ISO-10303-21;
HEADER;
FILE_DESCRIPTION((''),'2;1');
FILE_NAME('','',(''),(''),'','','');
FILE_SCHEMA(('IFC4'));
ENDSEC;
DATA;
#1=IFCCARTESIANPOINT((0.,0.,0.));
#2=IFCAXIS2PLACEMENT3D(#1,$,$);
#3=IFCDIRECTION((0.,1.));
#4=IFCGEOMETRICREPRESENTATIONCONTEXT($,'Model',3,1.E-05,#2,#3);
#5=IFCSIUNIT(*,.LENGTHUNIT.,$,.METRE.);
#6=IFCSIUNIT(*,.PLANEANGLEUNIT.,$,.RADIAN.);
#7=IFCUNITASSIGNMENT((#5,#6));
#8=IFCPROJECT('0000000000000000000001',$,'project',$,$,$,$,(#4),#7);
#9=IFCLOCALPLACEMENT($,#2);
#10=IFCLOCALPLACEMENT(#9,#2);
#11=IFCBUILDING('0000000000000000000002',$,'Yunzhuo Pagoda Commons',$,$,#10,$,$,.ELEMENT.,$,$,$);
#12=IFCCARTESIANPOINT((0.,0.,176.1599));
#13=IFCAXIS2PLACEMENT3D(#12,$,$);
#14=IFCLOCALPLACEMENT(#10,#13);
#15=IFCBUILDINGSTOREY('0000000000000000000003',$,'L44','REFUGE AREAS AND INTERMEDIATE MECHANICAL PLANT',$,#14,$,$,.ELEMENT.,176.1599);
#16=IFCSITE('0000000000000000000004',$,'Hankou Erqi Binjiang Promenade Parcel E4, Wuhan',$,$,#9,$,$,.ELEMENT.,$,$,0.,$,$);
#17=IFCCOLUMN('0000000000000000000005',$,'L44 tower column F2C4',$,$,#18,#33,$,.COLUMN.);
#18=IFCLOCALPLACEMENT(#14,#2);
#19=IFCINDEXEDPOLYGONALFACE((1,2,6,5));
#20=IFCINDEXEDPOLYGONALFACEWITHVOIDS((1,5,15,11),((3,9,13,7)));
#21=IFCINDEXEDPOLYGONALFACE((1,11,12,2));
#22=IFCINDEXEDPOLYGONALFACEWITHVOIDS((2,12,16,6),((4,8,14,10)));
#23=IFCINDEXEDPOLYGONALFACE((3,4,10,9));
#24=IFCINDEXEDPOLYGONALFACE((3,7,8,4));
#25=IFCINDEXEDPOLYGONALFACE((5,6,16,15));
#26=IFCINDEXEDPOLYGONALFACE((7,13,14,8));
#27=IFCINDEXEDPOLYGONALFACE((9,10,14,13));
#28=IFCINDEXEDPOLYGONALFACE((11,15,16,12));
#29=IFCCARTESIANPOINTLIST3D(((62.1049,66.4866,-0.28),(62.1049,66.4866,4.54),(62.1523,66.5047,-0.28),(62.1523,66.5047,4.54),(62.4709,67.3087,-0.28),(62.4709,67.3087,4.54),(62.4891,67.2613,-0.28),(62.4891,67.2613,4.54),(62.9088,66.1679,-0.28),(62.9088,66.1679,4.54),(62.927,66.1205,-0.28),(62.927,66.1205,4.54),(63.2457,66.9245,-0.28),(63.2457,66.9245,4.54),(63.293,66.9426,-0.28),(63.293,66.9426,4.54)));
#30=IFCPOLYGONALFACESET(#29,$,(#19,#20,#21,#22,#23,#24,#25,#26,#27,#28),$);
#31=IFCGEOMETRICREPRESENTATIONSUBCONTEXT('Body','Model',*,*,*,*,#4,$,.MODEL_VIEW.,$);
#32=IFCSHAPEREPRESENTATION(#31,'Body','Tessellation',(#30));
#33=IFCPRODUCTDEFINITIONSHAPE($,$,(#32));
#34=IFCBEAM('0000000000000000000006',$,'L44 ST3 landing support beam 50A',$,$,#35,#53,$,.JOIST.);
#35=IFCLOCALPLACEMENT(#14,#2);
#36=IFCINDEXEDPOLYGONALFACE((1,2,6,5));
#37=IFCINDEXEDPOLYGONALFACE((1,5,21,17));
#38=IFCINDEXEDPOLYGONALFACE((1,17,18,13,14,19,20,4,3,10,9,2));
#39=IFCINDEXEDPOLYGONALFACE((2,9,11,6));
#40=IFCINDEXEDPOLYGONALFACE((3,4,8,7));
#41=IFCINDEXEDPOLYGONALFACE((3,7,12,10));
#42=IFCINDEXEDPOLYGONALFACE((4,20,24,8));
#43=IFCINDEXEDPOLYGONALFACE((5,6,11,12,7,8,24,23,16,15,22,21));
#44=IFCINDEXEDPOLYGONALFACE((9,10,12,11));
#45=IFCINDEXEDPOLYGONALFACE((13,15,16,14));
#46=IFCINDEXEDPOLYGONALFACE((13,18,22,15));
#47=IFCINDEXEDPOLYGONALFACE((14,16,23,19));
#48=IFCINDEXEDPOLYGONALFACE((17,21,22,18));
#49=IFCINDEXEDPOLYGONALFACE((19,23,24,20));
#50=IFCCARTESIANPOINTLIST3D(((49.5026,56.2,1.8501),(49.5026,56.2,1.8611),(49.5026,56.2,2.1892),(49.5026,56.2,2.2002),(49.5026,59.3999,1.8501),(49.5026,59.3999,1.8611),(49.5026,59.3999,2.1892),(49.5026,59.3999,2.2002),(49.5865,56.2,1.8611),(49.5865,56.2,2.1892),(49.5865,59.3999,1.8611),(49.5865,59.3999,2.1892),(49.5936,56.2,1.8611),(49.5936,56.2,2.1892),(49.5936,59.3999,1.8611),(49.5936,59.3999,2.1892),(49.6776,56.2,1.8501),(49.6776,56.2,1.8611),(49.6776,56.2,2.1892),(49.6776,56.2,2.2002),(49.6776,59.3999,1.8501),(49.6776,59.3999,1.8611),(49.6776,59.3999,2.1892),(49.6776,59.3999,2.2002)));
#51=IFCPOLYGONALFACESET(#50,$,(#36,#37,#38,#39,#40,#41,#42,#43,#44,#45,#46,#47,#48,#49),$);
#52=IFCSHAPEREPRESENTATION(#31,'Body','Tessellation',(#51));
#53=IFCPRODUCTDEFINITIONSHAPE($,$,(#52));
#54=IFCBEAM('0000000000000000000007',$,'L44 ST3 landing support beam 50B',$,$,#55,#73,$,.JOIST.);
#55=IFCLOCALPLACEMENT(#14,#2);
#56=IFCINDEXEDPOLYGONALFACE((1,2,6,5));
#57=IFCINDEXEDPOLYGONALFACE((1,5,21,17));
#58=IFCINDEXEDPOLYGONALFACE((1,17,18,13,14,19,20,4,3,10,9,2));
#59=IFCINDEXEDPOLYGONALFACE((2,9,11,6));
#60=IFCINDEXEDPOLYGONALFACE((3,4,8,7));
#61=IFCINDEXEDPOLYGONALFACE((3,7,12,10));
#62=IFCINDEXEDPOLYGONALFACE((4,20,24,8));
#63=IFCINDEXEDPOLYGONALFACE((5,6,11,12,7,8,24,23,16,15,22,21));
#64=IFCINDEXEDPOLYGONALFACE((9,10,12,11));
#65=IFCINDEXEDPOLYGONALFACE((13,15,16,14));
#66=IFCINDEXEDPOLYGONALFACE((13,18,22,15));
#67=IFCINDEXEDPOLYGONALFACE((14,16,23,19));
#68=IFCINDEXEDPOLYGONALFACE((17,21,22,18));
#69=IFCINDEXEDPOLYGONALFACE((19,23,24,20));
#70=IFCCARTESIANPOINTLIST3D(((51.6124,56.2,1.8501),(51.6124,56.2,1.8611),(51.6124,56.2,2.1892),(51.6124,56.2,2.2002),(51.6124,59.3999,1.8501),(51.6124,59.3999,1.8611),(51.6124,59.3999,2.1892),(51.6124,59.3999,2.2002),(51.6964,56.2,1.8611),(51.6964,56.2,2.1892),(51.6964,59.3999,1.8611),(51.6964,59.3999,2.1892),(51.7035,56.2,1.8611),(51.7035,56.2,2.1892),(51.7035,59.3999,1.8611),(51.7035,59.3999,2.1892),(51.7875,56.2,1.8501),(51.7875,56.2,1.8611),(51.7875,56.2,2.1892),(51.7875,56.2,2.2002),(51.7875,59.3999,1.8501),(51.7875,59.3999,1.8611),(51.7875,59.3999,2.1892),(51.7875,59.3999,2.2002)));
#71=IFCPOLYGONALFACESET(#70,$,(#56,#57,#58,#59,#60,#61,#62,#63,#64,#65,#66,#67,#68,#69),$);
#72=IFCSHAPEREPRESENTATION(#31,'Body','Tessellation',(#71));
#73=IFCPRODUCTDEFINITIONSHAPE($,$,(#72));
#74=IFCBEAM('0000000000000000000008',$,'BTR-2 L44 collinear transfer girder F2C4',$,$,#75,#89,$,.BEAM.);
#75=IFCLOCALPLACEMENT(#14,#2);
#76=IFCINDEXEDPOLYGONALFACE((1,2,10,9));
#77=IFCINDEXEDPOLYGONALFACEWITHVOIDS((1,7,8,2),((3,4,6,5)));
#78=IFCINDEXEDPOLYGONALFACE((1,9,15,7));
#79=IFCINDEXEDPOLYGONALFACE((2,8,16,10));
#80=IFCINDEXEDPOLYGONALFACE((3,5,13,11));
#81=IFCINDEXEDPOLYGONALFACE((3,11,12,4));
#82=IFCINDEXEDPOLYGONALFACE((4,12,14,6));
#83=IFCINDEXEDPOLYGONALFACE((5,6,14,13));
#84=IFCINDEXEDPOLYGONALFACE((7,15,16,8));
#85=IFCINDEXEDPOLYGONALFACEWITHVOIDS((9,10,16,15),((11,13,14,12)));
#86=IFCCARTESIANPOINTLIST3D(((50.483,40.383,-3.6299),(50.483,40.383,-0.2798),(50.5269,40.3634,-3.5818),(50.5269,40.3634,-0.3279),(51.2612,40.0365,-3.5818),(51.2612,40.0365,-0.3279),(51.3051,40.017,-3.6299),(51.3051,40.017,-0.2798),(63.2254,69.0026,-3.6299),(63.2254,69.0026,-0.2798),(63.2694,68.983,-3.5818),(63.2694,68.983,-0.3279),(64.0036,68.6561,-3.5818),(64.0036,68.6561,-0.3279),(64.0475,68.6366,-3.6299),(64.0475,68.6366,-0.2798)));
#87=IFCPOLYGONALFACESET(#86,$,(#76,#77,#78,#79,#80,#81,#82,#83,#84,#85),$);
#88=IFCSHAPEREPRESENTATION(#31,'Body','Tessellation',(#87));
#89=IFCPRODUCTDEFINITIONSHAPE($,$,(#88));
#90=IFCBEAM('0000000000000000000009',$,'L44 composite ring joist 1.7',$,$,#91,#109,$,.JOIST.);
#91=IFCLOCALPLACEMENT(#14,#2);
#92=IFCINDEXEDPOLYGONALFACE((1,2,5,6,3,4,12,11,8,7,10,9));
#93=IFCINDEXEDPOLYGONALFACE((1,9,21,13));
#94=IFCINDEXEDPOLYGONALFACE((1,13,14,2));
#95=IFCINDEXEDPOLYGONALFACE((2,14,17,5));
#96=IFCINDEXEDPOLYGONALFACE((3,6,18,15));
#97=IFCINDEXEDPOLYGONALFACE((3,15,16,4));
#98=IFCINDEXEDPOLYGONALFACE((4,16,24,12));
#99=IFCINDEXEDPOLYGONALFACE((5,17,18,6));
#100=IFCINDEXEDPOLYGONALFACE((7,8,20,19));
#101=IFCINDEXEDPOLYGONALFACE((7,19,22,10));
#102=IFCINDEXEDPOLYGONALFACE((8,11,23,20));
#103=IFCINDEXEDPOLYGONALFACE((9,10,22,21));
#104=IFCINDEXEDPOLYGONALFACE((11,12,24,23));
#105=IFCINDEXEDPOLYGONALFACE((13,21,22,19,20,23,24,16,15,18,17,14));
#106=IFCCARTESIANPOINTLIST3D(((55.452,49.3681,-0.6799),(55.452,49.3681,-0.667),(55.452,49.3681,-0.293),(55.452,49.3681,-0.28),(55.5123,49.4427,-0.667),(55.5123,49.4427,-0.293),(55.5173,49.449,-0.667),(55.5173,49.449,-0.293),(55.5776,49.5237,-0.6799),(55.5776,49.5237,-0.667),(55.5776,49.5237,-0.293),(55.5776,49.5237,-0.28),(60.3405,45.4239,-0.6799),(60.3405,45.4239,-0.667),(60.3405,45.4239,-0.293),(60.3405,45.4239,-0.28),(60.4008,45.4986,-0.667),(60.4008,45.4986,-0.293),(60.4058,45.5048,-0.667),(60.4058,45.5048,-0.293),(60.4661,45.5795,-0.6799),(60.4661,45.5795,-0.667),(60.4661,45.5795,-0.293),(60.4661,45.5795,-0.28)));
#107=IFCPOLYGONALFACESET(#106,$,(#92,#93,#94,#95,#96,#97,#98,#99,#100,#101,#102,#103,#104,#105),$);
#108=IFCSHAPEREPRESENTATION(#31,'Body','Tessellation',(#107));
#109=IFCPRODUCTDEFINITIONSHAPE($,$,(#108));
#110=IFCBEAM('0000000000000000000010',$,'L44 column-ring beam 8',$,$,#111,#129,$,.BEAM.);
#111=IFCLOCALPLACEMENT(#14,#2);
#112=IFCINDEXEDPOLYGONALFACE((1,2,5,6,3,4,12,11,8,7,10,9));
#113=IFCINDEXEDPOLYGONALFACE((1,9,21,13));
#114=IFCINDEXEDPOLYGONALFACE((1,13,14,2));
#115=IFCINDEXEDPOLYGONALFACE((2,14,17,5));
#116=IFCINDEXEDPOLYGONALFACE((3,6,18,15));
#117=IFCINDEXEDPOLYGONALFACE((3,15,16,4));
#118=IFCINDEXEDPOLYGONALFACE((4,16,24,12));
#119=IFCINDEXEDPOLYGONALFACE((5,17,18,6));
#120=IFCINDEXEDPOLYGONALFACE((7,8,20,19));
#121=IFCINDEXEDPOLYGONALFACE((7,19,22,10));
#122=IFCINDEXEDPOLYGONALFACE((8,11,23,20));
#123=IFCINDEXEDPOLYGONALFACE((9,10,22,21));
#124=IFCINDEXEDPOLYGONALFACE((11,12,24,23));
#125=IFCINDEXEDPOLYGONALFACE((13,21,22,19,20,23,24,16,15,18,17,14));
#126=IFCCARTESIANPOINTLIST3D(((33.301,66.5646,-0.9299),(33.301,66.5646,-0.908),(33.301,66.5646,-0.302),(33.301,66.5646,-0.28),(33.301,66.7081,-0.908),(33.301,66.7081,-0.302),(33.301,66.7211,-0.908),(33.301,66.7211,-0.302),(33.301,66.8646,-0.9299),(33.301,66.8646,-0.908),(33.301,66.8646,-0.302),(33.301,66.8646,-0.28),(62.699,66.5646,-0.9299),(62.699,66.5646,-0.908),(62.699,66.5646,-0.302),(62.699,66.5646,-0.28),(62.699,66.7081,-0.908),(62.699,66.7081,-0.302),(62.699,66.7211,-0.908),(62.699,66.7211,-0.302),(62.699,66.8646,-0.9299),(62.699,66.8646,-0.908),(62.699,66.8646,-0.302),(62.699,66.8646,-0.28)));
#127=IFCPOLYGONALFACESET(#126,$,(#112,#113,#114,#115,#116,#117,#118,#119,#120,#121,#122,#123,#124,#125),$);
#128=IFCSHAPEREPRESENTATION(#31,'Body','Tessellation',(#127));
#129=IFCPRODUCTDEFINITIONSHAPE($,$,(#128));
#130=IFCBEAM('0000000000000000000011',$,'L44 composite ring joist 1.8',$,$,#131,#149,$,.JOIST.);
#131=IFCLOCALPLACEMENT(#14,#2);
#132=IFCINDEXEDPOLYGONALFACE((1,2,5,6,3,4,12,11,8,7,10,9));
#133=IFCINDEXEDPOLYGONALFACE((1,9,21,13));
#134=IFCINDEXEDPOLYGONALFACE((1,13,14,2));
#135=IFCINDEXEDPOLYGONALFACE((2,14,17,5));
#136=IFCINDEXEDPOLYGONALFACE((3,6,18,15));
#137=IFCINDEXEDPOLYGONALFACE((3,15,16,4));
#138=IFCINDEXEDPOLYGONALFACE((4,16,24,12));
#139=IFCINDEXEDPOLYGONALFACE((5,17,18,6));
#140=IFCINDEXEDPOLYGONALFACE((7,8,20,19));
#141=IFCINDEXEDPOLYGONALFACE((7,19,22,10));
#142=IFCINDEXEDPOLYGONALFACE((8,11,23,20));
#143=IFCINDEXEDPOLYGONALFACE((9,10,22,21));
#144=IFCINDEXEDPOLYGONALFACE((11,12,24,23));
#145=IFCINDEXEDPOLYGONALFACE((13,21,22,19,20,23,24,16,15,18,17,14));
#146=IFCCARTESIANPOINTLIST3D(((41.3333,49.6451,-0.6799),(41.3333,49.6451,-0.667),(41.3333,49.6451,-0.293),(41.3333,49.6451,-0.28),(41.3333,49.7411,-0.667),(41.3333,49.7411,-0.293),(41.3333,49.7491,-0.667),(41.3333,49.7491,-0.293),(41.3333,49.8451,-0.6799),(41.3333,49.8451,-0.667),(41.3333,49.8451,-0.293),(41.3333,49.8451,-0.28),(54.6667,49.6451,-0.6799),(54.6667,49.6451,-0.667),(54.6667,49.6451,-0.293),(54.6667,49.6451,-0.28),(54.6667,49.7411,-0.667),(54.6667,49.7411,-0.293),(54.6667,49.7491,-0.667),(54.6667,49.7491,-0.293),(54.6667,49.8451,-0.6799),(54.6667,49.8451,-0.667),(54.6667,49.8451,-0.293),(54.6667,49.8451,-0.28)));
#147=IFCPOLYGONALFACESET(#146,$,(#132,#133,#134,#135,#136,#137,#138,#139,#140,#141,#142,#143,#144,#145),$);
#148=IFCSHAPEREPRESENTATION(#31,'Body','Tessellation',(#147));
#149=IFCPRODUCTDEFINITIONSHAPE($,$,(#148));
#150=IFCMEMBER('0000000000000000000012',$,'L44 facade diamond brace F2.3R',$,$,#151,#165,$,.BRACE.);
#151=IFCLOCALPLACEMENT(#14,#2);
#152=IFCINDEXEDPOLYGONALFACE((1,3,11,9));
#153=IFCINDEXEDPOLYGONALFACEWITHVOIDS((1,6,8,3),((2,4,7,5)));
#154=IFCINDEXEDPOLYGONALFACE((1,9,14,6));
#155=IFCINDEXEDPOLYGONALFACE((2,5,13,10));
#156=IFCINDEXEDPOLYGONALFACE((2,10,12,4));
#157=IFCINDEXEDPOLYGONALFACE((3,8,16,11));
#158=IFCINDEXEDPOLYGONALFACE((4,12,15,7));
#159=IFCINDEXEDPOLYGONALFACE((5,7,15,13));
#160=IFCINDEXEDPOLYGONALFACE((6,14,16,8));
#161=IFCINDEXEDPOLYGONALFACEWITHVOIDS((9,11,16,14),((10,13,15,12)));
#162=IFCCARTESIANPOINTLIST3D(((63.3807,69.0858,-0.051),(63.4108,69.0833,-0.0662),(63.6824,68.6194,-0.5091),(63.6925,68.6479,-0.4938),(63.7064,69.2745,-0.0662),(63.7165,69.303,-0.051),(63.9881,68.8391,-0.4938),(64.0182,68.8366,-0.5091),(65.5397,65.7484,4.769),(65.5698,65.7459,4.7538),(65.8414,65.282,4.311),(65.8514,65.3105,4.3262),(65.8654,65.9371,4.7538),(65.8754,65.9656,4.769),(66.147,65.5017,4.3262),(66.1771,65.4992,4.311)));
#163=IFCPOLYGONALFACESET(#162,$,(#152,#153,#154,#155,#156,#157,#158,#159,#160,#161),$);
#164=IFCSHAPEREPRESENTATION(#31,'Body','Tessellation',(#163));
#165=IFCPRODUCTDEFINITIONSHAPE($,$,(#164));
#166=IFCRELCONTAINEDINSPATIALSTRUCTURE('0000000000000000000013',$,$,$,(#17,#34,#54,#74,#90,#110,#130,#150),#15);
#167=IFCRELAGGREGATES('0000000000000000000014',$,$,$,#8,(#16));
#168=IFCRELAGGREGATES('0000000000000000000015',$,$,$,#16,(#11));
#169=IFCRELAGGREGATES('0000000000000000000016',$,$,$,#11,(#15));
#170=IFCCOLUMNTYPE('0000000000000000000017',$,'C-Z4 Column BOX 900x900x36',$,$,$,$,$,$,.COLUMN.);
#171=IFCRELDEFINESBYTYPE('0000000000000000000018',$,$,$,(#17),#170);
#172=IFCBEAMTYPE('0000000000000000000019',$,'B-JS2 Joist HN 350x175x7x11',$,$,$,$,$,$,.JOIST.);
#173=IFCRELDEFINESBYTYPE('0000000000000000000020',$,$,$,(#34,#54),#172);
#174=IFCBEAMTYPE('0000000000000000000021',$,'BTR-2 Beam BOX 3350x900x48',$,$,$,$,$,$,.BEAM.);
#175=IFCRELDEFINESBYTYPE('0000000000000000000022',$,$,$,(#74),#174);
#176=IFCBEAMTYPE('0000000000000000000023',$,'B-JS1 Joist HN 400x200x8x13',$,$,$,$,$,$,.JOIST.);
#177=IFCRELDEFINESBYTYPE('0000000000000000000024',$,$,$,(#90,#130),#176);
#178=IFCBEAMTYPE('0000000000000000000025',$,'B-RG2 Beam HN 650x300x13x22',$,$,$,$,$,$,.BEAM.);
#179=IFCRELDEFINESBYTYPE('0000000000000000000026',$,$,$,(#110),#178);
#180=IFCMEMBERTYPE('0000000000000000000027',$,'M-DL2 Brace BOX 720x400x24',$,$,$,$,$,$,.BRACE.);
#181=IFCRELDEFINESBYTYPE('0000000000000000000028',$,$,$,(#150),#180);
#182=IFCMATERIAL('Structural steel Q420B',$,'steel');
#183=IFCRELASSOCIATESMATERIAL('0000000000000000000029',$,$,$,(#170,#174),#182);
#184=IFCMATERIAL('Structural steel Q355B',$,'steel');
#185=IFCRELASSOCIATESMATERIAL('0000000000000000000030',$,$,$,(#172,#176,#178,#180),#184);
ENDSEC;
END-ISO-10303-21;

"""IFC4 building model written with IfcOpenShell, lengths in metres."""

from ifc_helpers import new_model, si_unit, direction, frame, origin, origin_2d, place, context, subcontext, project, spatial, hollow_rectangle, i_section, extrude, source, transform, mapped, material, material_profile, profile_set, type_object, element, save


model = new_model("IFC4")

# Units and contexts
model_context = context("Model", 3, precision=1e-05, world=origin(), true_north=direction((0.0, 1.0)))
body_context = subcontext(model_context, "Body", "Model", "MODEL_VIEW")
ifc_project = project(units=[si_unit("LENGTHUNIT", "METRE"), si_unit("PLANEANGLEUNIT", "RADIAN")], contexts=[model_context])

# Site, building, storey
site_placement = place(None, origin())
site = spatial("IfcSite", under=ifc_project, at=site_placement, Name="Hankou Erqi Binjiang Promenade Parcel E4, Wuhan", CompositionType="ELEMENT", RefElevation=0.0)
building_placement = place(site_placement, origin())
building = spatial("IfcBuilding", under=site, at=building_placement, Name="Yunzhuo Pagoda Commons", CompositionType="ELEMENT")
storey_placement = place(building_placement, frame((0.0, 0.0, 176.1599)))
storey = spatial("IfcBuildingStorey", under=building, at=storey_placement, Name="L44", Description="REFUGE AREAS AND INTERMEDIATE MECHANICAL PLANT", CompositionType="ELEMENT", Elevation=176.1599)

# Column
ifc_material_1 = material(Name="Structural steel Q420B", Category="steel")
ifc_material_profile_1 = material_profile(ifc_material_1, hollow_rectangle(XDim=0.8999, YDim=0.8999, WallThickness=0.0359, at=origin_2d()), Name="Structural steel Q420B")
ifc_profile_set_1 = profile_set([ifc_material_profile_1], Name="Structural steel Q420B")
column_type = type_object("IfcColumnType", Name="C-Z4 Column BOX 900x900x36", PredefinedType="COLUMN", material=ifc_profile_set_1)
shared_shape_1 = source(origin(), body_context, "Body", "SweptSolid", [
    extrude(hollow_rectangle(XDim=0.8999, YDim=0.8999, WallThickness=0.0359, at=origin_2d()), origin(), (0.0, 0.0, 1.0), 4.8201),
])
column_placement = place(storey_placement, frame((62.699, 66.7146, -0.28), z_axis=(0.0, 0.0, 1.0), x_axis=(-0.913545, 0.406737, 0.0)))
element("IfcColumn", 1, at=column_placement, inside=storey, type_object=column_type, Name="L44 tower column F2C4", PredefinedType="COLUMN", context=body_context, shape_type="MappedRepresentation", body=[
    mapped(shared_shape_1, transform((0.0, 0.0, 0.0), scale=1.0)),
])

# Beams
ifc_material_2 = material(Name="Structural steel Q355B", Category="steel")
ifc_material_profile_2 = material_profile(ifc_material_2, i_section(OverallWidth=0.175, OverallDepth=0.3501, WebThickness=0.0071, FlangeThickness=0.011, at=origin_2d()), Name="Structural steel Q355B")
ifc_profile_set_2 = profile_set([ifc_material_profile_2], Name="Structural steel Q355B")
beam_type_1 = type_object("IfcBeamType", Name="B-JS2 Joist HN 350x175x7x11", PredefinedType="JOIST", material=ifc_profile_set_2)
shared_shape_2 = source(origin(), body_context, "Body", "SweptSolid", [
    extrude(i_section(OverallWidth=0.175, OverallDepth=0.3501, WebThickness=0.0071, FlangeThickness=0.011, at=origin_2d()), origin(), (0.0, 0.0, 1.0), 3.2),
])
for number, where, z_axis, x_axis, name in (
    (2, (49.5901, 56.2, 2.0251), (0.0, 1.0, 0.0), (-1.0, 0.0, 0.0), "L44 ST3 landing support beam 50A"),
    (3, (51.7, 56.2, 2.0251), (0.0, 1.0, 0.0), (-1.0, 0.0, 0.0), "L44 ST3 landing support beam 50B"),
):
    element("IfcBeam", number, at=place(storey_placement, frame(where, z_axis=z_axis, x_axis=x_axis)), inside=storey, type_object=beam_type_1, Name=name, PredefinedType="JOIST", context=body_context, shape_type="MappedRepresentation", body=[
        mapped(shared_shape_2, transform((0.0, 0.0, 0.0), scale=1.0)),
    ])
ifc_material_profile_3 = material_profile(ifc_material_1, hollow_rectangle(XDim=0.8999, YDim=3.3501, WallThickness=0.0481, at=origin_2d()), Name="Structural steel Q420B")
ifc_profile_set_3 = profile_set([ifc_material_profile_3], Name="Structural steel Q420B")
beam_type_2 = type_object("IfcBeamType", Name="BTR-2 Beam BOX 3350x900x48", PredefinedType="BEAM", material=ifc_profile_set_3)
shared_shape_3 = source(origin(), body_context, "Body", "SweptSolid", [
    extrude(hollow_rectangle(XDim=0.8999, YDim=3.3501, WallThickness=0.0481, at=origin_2d()), origin(), (0.0, 0.0, 1.0), 31.3281),
])
beam_1_placement = place(storey_placement, frame((63.6365, 68.8196, -1.9548), z_axis=(-0.406741, -0.913544, 0.0), x_axis=(0.913544, -0.406741, 0.0)))
element("IfcBeam", 4, at=beam_1_placement, inside=storey, type_object=beam_type_2, Name="BTR-2 L44 collinear transfer girder F2C4", PredefinedType="BEAM", context=body_context, shape_type="MappedRepresentation", body=[
    mapped(shared_shape_3, transform((0.0, 0.0, 0.0), scale=1.0)),
])
ifc_material_profile_4 = material_profile(ifc_material_2, i_section(OverallWidth=0.2, OverallDepth=0.3999, WebThickness=0.0081, FlangeThickness=0.0129, at=origin_2d()), Name="Structural steel Q355B")
ifc_profile_set_4 = profile_set([ifc_material_profile_4], Name="Structural steel Q355B")
beam_type_3 = type_object("IfcBeamType", Name="B-JS1 Joist HN 400x200x8x13", PredefinedType="JOIST", material=ifc_profile_set_4)
shared_shape_4 = source(origin(), body_context, "Body", "SweptSolid", [
    extrude(i_section(OverallWidth=0.2, OverallDepth=0.3999, WebThickness=0.0081, FlangeThickness=0.0129, at=origin_2d()), origin(), (0.0, 0.0, 1.0), 6.2812),
])
beam_2_placement = place(storey_placement, frame((60.4033, 45.5017, -0.48), z_axis=(-0.778272, 0.627927, 0.0), x_axis=(-0.627927, -0.778272, 0.0)))
element("IfcBeam", 5, at=beam_2_placement, inside=storey, type_object=beam_type_3, Name="L44 composite ring joist 1.7", PredefinedType="JOIST", context=body_context, shape_type="MappedRepresentation", body=[
    mapped(shared_shape_4, transform((0.0, 0.0, 0.0), scale=1.0)),
])
ifc_material_profile_5 = material_profile(ifc_material_2, i_section(OverallWidth=0.3, OverallDepth=0.6499, WebThickness=0.0129, FlangeThickness=0.022, at=origin_2d()), Name="Structural steel Q355B")
ifc_profile_set_5 = profile_set([ifc_material_profile_5], Name="Structural steel Q355B")
beam_type_4 = type_object("IfcBeamType", Name="B-RG2 Beam HN 650x300x13x22", PredefinedType="BEAM", material=ifc_profile_set_5)
shared_shape_5 = source(origin(), body_context, "Body", "SweptSolid", [
    extrude(i_section(OverallWidth=0.3, OverallDepth=0.6499, WebThickness=0.0129, FlangeThickness=0.022, at=origin_2d()), origin(), (0.0, 0.0, 1.0), 29.3979),
])
beam_3_placement = place(storey_placement, frame((62.699, 66.7146, -0.605), z_axis=(-1.0, 0.0, 0.0), x_axis=(0.0, -1.0, 0.0)))
element("IfcBeam", 6, at=beam_3_placement, inside=storey, type_object=beam_type_4, Name="L44 column-ring beam 8", PredefinedType="BEAM", context=body_context, shape_type="MappedRepresentation", body=[
    mapped(shared_shape_5, transform((0.0, 0.0, 0.0), scale=1.0)),
])
shared_shape_6 = source(origin(), body_context, "Body", "SweptSolid", [
    extrude(i_section(OverallWidth=0.2, OverallDepth=0.3999, WebThickness=0.0081, FlangeThickness=0.0129, at=origin_2d()), origin(), (0.0, 0.0, 1.0), 13.3335),
])
beam_4_placement = place(storey_placement, frame((54.6667, 49.7451, -0.48), z_axis=(-1.0, 0.0, 0.0), x_axis=(0.0, -1.0, 0.0)))
element("IfcBeam", 7, at=beam_4_placement, inside=storey, type_object=beam_type_3, Name="L44 composite ring joist 1.8", PredefinedType="JOIST", context=body_context, shape_type="MappedRepresentation", body=[
    mapped(shared_shape_6, transform((0.0, 0.0, 0.0), scale=1.0)),
])

# Member
ifc_material_profile_6 = material_profile(ifc_material_2, hollow_rectangle(XDim=0.3999, YDim=0.72, WallThickness=0.0239, at=origin_2d()), Name="Structural steel Q355B")
ifc_profile_set_6 = profile_set([ifc_material_profile_6], Name="Structural steel Q355B")
member_type = type_object("IfcMemberType", Name="M-DL2 Brace BOX 720x400x24", PredefinedType="BRACE", material=ifc_profile_set_6)
shared_shape_7 = source(origin(), body_context, "Body", "SweptSolid", [
    extrude(hollow_rectangle(XDim=0.3999, YDim=0.72, WallThickness=0.0239, at=origin_2d()), origin(), (0.0, 0.0, 1.0), 6.2476),
])
member_placement = place(storey_placement, frame((63.6995, 68.9612, -0.28), z_axis=(0.345563, -0.534191, 0.771509), x_axis=(0.839634, 0.543152, 0.0)))
element("IfcMember", 8, at=member_placement, inside=storey, type_object=member_type, Name="L44 facade diamond brace F2.3R", PredefinedType="BRACE", context=body_context, shape_type="MappedRepresentation", body=[
    mapped(shared_shape_7, transform((0.0, 0.0, 0.0), scale=1.0)),
])

save(model, "model.ifc")
